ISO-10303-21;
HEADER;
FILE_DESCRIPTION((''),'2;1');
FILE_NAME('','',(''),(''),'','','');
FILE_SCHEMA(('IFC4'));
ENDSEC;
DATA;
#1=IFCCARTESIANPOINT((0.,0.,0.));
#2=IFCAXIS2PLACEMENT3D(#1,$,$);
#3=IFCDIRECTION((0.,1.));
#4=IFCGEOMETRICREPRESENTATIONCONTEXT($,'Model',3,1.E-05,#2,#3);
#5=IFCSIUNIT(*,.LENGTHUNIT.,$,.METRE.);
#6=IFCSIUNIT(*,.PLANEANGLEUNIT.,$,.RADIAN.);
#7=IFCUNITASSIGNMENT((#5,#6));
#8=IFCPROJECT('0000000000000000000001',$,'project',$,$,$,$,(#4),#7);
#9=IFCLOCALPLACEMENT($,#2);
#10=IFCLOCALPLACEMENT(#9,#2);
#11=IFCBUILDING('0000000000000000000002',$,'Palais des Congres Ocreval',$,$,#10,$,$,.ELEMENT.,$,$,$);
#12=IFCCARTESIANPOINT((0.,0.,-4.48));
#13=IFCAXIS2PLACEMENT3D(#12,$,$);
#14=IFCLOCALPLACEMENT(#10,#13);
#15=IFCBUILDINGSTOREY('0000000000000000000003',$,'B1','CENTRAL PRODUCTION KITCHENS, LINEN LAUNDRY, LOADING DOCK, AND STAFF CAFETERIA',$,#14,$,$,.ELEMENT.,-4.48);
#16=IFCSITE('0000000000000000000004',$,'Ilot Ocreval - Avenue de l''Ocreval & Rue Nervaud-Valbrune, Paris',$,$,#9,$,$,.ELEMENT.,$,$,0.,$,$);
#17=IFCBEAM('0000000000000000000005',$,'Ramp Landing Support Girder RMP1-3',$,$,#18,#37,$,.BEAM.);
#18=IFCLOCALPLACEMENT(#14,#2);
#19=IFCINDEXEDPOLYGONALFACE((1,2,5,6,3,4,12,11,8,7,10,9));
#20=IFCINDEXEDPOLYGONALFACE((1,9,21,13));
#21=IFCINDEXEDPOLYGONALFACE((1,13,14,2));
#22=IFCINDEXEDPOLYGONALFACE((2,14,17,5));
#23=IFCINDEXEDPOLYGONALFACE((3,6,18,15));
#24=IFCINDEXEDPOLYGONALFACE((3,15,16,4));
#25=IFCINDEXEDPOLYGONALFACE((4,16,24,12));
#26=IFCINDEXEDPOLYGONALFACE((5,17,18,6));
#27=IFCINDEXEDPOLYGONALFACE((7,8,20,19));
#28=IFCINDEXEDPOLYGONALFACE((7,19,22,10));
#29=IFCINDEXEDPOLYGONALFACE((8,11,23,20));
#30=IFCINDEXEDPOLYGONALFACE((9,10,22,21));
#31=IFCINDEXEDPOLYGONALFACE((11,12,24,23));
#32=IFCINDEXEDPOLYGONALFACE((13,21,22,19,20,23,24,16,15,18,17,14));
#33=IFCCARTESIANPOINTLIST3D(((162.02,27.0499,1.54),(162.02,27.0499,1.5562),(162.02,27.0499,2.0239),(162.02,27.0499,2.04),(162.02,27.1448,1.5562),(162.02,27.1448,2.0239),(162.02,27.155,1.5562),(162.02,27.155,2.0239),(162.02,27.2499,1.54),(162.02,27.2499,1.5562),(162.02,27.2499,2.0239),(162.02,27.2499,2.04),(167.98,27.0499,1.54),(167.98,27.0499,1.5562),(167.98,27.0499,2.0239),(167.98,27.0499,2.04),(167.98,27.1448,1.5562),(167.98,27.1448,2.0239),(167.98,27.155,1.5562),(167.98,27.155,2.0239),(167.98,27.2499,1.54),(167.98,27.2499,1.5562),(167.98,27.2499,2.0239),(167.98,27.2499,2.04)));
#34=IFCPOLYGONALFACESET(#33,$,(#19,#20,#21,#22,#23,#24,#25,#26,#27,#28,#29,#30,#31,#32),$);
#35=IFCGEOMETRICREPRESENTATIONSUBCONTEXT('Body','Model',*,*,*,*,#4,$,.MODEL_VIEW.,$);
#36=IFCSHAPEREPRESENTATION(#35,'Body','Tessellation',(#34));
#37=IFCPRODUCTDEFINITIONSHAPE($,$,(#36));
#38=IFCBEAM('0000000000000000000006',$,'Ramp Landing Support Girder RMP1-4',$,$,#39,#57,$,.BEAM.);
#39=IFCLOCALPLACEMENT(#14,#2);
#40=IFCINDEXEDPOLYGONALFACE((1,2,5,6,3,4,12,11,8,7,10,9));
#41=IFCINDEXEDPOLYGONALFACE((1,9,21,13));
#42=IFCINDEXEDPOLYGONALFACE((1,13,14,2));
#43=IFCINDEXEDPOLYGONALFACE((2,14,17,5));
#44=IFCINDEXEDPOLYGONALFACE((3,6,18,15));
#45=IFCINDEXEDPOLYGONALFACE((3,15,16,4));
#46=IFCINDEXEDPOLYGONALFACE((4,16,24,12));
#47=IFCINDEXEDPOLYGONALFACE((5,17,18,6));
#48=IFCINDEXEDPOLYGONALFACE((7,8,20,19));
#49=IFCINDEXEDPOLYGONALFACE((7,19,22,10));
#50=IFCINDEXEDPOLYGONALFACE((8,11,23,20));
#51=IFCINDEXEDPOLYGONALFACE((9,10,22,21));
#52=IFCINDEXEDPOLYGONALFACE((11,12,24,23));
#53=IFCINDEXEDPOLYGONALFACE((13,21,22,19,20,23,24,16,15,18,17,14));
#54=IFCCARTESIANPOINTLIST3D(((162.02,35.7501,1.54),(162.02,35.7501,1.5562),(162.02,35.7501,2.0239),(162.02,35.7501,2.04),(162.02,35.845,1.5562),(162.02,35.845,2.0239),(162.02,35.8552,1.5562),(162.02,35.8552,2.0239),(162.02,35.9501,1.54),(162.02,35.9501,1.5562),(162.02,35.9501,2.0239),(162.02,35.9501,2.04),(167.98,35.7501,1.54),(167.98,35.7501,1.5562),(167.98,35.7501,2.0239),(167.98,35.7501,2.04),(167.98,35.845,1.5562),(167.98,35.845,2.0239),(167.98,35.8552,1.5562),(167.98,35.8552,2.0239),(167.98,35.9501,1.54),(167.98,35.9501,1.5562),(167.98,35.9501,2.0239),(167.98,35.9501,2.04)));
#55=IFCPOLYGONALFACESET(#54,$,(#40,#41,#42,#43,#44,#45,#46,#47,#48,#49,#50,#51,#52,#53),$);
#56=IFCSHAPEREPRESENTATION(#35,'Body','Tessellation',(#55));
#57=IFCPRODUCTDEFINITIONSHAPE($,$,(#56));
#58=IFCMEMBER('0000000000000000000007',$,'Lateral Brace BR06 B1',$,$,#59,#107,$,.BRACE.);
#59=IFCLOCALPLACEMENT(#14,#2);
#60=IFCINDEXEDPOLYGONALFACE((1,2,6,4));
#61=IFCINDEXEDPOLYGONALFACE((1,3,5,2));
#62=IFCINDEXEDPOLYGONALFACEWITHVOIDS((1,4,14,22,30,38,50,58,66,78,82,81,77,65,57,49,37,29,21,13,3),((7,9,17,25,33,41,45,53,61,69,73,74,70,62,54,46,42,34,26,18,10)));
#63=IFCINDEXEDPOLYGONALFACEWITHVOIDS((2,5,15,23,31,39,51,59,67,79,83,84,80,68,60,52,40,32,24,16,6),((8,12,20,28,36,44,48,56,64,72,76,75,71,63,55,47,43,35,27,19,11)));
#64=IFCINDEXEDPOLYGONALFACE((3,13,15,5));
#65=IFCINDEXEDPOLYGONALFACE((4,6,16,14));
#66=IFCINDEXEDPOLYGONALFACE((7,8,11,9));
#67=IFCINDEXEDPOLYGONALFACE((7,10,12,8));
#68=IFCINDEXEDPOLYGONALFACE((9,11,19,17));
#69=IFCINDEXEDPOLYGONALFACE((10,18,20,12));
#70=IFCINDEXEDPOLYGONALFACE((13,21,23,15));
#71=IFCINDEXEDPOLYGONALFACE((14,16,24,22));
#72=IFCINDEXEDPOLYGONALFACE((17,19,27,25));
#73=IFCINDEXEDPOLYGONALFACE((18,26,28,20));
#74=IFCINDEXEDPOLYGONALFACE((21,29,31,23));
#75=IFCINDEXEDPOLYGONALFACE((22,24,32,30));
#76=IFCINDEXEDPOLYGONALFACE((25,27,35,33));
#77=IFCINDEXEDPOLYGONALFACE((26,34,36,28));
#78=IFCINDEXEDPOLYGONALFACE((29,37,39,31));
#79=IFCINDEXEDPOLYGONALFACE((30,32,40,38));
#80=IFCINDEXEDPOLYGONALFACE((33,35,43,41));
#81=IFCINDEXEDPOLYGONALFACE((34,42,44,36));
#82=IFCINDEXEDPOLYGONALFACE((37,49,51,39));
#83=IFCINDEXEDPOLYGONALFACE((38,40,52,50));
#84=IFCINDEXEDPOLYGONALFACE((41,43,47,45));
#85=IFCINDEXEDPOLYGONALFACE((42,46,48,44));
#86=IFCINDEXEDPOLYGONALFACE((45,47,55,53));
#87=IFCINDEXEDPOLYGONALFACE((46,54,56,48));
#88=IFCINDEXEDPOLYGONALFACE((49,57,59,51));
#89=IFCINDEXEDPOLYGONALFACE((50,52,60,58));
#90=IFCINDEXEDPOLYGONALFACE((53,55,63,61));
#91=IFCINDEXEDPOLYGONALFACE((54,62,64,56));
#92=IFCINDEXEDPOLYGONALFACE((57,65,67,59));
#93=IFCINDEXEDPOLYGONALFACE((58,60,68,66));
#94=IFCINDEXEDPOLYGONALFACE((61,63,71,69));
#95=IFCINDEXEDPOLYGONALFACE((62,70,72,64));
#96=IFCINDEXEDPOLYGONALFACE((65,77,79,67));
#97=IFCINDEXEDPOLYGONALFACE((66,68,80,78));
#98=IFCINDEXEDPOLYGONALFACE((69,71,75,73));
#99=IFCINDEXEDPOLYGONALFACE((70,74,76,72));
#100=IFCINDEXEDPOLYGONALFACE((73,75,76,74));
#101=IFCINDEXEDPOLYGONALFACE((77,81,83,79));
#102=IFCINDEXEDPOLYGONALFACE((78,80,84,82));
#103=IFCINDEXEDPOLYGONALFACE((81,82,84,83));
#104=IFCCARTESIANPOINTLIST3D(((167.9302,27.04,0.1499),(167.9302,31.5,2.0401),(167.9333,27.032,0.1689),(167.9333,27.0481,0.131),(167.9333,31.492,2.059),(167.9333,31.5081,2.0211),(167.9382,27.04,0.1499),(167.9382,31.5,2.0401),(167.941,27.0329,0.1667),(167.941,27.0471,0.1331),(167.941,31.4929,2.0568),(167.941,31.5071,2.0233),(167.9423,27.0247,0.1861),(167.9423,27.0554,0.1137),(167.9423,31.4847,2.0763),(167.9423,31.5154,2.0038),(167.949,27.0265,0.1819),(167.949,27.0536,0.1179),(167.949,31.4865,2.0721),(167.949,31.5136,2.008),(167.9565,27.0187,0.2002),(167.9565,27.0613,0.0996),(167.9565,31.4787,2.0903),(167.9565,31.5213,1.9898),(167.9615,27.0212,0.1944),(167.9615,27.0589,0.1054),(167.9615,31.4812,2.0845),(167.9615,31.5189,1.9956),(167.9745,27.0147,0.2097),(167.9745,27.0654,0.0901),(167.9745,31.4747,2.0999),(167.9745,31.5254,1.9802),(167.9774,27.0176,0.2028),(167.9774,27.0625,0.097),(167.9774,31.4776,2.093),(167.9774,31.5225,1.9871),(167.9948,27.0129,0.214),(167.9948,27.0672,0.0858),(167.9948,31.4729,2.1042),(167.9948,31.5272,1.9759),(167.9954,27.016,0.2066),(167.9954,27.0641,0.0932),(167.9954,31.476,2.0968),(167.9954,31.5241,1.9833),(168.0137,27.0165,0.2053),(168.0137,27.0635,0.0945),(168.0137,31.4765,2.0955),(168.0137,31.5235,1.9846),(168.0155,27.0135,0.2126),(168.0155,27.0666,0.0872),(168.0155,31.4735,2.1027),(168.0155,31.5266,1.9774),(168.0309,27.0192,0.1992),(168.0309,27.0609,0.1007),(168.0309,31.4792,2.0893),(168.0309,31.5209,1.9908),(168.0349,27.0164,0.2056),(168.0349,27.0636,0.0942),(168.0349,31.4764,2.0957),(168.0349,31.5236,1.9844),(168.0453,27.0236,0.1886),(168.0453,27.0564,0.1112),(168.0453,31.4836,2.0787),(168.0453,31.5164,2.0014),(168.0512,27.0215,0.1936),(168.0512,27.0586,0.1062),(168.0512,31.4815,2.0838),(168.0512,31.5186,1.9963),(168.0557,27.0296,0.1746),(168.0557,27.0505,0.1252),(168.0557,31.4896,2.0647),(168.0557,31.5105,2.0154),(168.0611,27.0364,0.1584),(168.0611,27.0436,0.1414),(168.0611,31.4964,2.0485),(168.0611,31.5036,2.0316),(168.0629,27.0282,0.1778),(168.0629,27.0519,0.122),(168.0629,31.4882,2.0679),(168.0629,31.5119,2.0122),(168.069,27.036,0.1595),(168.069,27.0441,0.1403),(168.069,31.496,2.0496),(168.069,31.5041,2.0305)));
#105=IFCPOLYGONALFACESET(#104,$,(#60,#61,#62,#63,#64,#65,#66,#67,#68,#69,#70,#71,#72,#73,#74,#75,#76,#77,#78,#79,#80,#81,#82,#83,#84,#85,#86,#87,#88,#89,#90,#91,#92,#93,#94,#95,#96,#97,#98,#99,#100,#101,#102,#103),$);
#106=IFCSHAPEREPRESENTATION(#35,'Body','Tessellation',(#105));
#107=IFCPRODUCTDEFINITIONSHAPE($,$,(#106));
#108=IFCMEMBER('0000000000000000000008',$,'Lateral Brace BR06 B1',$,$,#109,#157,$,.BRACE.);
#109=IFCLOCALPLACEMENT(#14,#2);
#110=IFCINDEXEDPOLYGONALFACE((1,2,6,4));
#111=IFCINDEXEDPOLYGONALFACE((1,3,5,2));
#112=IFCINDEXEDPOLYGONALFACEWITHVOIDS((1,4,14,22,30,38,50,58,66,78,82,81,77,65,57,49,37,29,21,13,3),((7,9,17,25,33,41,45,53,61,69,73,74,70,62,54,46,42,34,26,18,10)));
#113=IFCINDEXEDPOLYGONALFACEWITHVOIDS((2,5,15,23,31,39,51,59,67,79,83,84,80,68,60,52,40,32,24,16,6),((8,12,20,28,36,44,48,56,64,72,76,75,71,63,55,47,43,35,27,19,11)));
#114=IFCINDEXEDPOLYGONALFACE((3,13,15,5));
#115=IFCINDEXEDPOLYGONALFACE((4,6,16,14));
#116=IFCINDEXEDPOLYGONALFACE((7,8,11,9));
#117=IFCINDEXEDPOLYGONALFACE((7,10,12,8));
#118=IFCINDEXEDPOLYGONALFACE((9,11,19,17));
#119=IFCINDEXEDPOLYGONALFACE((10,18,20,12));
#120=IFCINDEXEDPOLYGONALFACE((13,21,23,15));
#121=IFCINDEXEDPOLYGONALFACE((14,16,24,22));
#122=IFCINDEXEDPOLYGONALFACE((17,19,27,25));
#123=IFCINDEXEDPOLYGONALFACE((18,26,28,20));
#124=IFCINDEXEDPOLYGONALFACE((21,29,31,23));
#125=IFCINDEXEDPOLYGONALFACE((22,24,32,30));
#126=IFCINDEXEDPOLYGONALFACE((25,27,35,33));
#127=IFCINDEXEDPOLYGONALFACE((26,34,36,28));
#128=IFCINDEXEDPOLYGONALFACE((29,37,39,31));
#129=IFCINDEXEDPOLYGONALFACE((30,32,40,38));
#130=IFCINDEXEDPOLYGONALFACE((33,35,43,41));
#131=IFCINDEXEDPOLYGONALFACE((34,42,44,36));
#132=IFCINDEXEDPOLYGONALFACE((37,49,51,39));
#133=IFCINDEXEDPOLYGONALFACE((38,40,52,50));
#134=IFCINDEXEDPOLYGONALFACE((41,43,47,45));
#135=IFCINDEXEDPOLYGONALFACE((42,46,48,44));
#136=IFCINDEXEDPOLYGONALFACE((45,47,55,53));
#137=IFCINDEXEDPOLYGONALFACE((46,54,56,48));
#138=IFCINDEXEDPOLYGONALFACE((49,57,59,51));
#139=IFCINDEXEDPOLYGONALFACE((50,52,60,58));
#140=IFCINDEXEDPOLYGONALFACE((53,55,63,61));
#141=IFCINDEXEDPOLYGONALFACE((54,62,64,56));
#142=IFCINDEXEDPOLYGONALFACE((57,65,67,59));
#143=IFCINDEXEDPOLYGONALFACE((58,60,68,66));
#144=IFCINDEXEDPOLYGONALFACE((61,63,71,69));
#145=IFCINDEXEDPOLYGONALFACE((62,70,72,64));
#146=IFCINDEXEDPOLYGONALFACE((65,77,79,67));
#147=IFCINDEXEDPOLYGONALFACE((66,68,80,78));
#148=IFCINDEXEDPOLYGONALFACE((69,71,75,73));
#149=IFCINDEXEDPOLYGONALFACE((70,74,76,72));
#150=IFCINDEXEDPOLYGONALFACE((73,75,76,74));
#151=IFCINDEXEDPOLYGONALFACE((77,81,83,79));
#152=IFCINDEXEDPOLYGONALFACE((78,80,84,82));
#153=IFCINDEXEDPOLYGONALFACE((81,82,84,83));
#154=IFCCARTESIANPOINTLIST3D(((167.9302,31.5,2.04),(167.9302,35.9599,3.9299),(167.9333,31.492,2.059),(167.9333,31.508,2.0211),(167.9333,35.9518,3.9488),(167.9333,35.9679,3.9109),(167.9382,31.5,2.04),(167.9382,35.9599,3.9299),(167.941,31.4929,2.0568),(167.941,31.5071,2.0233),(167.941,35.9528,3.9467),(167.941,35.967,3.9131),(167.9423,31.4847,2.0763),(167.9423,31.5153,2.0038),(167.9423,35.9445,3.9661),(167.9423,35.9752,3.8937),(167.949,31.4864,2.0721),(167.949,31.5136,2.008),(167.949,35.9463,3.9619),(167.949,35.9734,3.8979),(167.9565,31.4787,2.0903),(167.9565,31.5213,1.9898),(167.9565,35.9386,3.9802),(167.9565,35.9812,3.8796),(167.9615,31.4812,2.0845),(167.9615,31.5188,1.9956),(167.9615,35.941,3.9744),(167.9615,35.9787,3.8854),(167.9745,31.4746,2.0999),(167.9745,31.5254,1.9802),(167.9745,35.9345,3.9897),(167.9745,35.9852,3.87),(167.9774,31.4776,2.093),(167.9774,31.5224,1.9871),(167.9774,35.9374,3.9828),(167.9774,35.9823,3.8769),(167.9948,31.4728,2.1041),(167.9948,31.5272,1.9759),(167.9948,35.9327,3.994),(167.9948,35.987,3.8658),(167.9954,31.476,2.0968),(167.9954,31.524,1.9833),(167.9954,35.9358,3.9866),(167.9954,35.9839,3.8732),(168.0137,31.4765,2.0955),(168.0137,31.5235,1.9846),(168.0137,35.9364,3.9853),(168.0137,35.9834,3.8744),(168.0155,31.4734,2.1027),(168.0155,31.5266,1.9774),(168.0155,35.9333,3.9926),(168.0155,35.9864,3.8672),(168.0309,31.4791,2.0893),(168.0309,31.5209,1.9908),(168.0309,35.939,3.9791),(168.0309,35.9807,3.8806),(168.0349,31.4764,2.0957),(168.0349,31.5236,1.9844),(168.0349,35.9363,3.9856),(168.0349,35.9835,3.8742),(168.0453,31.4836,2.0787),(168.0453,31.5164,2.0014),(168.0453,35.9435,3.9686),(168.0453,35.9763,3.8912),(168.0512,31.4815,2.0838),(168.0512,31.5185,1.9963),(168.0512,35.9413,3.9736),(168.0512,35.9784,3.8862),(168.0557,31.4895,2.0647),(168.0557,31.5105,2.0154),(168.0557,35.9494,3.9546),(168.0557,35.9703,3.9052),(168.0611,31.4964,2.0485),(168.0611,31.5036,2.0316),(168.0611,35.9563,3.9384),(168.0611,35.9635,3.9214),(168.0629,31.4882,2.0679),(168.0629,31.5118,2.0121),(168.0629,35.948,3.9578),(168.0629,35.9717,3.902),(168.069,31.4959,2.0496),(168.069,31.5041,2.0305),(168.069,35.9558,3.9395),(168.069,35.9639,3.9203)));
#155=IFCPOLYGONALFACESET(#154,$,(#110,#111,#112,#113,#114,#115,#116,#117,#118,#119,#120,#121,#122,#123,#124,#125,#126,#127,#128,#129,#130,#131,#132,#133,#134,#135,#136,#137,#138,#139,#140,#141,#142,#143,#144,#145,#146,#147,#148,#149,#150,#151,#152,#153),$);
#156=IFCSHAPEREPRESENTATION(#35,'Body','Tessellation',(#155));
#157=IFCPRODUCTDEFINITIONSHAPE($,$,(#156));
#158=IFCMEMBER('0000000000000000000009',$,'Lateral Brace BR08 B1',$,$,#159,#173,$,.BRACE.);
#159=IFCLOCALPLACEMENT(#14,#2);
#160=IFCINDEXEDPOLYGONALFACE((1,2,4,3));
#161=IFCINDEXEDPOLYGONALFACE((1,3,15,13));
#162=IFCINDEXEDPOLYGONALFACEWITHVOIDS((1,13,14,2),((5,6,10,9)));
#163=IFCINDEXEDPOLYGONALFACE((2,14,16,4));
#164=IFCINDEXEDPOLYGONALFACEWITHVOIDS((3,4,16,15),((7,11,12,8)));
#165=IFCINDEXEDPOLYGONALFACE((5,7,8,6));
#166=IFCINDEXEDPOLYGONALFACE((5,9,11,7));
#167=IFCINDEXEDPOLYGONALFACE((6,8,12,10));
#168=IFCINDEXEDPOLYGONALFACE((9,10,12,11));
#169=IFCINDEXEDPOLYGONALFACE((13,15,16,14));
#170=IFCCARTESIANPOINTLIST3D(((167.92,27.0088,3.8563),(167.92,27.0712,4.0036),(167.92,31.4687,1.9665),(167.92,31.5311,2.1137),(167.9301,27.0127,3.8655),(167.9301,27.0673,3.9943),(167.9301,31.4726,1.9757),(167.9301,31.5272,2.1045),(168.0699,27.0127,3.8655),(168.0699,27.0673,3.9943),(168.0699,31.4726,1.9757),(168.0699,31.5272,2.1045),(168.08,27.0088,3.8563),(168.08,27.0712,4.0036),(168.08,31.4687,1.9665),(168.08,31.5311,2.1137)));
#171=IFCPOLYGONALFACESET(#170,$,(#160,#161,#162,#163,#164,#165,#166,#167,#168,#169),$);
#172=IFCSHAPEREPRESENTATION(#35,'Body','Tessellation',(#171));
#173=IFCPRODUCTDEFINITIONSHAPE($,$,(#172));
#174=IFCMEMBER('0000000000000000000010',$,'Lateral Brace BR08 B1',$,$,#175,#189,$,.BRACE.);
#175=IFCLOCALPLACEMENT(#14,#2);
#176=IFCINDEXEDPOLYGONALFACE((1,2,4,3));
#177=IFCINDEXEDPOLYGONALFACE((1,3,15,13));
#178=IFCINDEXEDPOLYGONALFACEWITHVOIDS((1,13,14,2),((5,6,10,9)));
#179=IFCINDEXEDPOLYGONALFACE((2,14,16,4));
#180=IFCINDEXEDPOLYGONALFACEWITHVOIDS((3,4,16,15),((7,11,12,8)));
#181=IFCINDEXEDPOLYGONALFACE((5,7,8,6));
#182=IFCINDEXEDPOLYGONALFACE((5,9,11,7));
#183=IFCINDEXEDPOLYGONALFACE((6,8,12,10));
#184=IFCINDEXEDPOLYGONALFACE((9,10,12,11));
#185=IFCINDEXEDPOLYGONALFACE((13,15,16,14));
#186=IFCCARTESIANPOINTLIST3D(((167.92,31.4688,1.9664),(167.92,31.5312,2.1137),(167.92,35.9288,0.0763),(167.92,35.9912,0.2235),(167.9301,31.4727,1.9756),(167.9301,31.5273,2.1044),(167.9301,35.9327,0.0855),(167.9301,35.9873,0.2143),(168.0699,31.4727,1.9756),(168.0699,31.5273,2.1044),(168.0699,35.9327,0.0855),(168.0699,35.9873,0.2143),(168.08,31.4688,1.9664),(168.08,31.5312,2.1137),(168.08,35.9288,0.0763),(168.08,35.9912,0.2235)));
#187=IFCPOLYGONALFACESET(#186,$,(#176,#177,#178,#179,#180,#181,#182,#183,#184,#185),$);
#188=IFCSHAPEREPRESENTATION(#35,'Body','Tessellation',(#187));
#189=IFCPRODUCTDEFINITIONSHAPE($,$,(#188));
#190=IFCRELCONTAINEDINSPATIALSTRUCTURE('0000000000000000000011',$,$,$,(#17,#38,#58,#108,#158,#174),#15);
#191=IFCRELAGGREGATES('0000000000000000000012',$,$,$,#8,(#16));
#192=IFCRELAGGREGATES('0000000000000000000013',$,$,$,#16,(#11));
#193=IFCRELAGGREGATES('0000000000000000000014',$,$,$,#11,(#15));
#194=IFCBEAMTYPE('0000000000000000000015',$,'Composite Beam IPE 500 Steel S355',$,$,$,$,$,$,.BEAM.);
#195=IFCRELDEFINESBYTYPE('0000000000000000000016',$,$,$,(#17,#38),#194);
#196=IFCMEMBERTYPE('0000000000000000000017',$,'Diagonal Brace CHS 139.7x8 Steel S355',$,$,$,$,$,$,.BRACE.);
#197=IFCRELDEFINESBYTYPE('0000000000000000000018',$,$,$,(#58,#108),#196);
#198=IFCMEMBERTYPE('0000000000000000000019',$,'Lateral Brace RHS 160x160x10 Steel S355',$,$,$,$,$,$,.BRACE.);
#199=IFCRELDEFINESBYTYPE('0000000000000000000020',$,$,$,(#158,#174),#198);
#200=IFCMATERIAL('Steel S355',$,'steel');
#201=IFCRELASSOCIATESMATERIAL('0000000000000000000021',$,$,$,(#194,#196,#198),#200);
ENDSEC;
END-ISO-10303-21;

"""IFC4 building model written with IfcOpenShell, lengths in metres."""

from ifc_helpers import new_model, si_unit, direction, frame, origin, origin_2d, place, context, subcontext, project, spatial, hollow_rectangle, hollow_circle, i_section, extrude, material, material_profile, profile_set, type_object, element, save


model = new_model("IFC4")

# Units and contexts
model_context = context("Model", 3, precision=1e-05, world=origin(), true_north=direction((0.0, 1.0)))
body_context = subcontext(model_context, "Body", "Model", "MODEL_VIEW")
ifc_project = project(units=[si_unit("LENGTHUNIT", "METRE"), si_unit("PLANEANGLEUNIT", "RADIAN")], contexts=[model_context])

# Site, building, storey
site_placement = place(None, origin())
site = spatial("IfcSite", under=ifc_project, at=site_placement, Name="Ilot Ocreval - Avenue de l'Ocreval & Rue Nervaud-Valbrune, Paris", CompositionType="ELEMENT", RefElevation=0.0)
building_placement = place(site_placement, origin())
building = spatial("IfcBuilding", under=site, at=building_placement, Name="Palais des Congres Ocreval", CompositionType="ELEMENT")
storey_placement = place(building_placement, frame((0.0, 0.0, -4.48)))
storey = spatial("IfcBuildingStorey", under=building, at=storey_placement, Name="B1", Description="CENTRAL PRODUCTION KITCHENS, LINEN LAUNDRY, LOADING DOCK, AND STAFF CAFETERIA", CompositionType="ELEMENT", Elevation=-4.48)

# Shared definitions
ifc_material_1 = material(Name="Steel S355", Category="steel")

# Beams
ifc_material_profile_1 = material_profile(ifc_material_1, i_section(OverallWidth=0.2, OverallDepth=0.5, WebThickness=0.0103, FlangeThickness=0.0161, at=origin_2d()), Name="IPE 500")
ifc_profile_set_1 = profile_set([ifc_material_profile_1], Name="Steel S355")
beam_type_1 = type_object("IfcBeamType", Name="Composite Beam IPE 500 Steel S355", PredefinedType="BEAM", material=ifc_profile_set_1)
for number, where, z_axis, x_axis, name in (
    (1, (162.02, 27.1499, 1.79), (1.0, 0.0, 0.0), (0.0, 1.0, 0.0), "Ramp Landing Support Girder RMP1-3"),
    (2, (162.02, 35.8501, 1.79), (1.0, 0.0, 0.0), (0.0, 1.0, 0.0), "Ramp Landing Support Girder RMP1-4"),
):
    element("IfcBeam", number, at=place(storey_placement, frame(where, z_axis=z_axis, x_axis=x_axis)), inside=storey, type_object=beam_type_1, Name=name, PredefinedType="BEAM", context=body_context, shape_type="SweptSolid", body=[
        extrude(i_section(OverallWidth=0.2, OverallDepth=0.5, WebThickness=0.0103, FlangeThickness=0.0161, at=origin_2d()), origin(), (0.0, 0.0, 1.0), 5.96),
    ])

# Members
ifc_material_profile_2 = material_profile(ifc_material_1, hollow_circle(Radius=0.0698, WallThickness=0.0081, at=origin_2d()), Name="CHS 139.7x8")
ifc_profile_set_2 = profile_set([ifc_material_profile_2], Name="Steel S355")
member_type_1 = type_object("IfcMemberType", Name="Diagonal Brace CHS 139.7x8 Steel S355", PredefinedType="BRACE", material=ifc_profile_set_2)
member_1_placement = place(storey_placement, frame((168.0, 27.04, 0.1499), z_axis=(0.0, 0.920728, 0.390206), x_axis=(-1.0, 0.0, 0.0)))
element("IfcMember", 3, at=member_1_placement, inside=storey, type_object=member_type_1, Name="Lateral Brace BR06 B1", PredefinedType="BRACE", context=body_context, shape_type="SweptSolid", body=[
    extrude(hollow_circle(Radius=0.0698, WallThickness=0.0081, at=origin_2d()), origin(), (0.0, 0.0, 1.0), 4.844),
])
member_2_placement = place(storey_placement, frame((168.0, 31.5, 2.04), z_axis=(0.0, 0.920746, 0.390163), x_axis=(-1.0, 0.0, 0.0)))
element("IfcMember", 4, at=member_2_placement, inside=storey, type_object=member_type_1, Name="Lateral Brace BR06 B1", PredefinedType="BRACE", context=body_context, shape_type="SweptSolid", body=[
    extrude(hollow_circle(Radius=0.0698, WallThickness=0.0081, at=origin_2d()), origin(), (0.0, 0.0, 1.0), 4.8438),
])
ifc_material_profile_3 = material_profile(ifc_material_1, hollow_rectangle(XDim=0.1599, YDim=0.1599, WallThickness=0.01, at=origin_2d()), Name="RHS 160x160x10")
ifc_profile_set_3 = profile_set([ifc_material_profile_3], Name="Steel S355")
member_type_2 = type_object("IfcMemberType", Name="Lateral Brace RHS 160x160x10 Steel S355", PredefinedType="BRACE", material=ifc_profile_set_3)
member_3_placement = place(storey_placement, frame((168.0, 27.04, 3.9299), z_axis=(0.0, 0.920746, -0.390163), x_axis=(-1.0, 0.0, 0.0)))
element("IfcMember", 5, at=member_3_placement, inside=storey, type_object=member_type_2, Name="Lateral Brace BR08 B1", PredefinedType="BRACE", context=body_context, shape_type="SweptSolid", body=[
    extrude(hollow_rectangle(XDim=0.1599, YDim=0.1599, WallThickness=0.01, at=origin_2d()), origin(), (0.0, 0.0, 1.0), 4.8438),
])
member_4_placement = place(storey_placement, frame((168.0, 31.5, 2.04), z_axis=(0.0, 0.920728, -0.390206), x_axis=(-1.0, 0.0, 0.0)))
element("IfcMember", 6, at=member_4_placement, inside=storey, type_object=member_type_2, Name="Lateral Brace BR08 B1", PredefinedType="BRACE", context=body_context, shape_type="SweptSolid", body=[
    extrude(hollow_rectangle(XDim=0.1599, YDim=0.1599, WallThickness=0.01, at=origin_2d()), origin(), (0.0, 0.0, 1.0), 4.844),
])

save(model, "model.ifc")
